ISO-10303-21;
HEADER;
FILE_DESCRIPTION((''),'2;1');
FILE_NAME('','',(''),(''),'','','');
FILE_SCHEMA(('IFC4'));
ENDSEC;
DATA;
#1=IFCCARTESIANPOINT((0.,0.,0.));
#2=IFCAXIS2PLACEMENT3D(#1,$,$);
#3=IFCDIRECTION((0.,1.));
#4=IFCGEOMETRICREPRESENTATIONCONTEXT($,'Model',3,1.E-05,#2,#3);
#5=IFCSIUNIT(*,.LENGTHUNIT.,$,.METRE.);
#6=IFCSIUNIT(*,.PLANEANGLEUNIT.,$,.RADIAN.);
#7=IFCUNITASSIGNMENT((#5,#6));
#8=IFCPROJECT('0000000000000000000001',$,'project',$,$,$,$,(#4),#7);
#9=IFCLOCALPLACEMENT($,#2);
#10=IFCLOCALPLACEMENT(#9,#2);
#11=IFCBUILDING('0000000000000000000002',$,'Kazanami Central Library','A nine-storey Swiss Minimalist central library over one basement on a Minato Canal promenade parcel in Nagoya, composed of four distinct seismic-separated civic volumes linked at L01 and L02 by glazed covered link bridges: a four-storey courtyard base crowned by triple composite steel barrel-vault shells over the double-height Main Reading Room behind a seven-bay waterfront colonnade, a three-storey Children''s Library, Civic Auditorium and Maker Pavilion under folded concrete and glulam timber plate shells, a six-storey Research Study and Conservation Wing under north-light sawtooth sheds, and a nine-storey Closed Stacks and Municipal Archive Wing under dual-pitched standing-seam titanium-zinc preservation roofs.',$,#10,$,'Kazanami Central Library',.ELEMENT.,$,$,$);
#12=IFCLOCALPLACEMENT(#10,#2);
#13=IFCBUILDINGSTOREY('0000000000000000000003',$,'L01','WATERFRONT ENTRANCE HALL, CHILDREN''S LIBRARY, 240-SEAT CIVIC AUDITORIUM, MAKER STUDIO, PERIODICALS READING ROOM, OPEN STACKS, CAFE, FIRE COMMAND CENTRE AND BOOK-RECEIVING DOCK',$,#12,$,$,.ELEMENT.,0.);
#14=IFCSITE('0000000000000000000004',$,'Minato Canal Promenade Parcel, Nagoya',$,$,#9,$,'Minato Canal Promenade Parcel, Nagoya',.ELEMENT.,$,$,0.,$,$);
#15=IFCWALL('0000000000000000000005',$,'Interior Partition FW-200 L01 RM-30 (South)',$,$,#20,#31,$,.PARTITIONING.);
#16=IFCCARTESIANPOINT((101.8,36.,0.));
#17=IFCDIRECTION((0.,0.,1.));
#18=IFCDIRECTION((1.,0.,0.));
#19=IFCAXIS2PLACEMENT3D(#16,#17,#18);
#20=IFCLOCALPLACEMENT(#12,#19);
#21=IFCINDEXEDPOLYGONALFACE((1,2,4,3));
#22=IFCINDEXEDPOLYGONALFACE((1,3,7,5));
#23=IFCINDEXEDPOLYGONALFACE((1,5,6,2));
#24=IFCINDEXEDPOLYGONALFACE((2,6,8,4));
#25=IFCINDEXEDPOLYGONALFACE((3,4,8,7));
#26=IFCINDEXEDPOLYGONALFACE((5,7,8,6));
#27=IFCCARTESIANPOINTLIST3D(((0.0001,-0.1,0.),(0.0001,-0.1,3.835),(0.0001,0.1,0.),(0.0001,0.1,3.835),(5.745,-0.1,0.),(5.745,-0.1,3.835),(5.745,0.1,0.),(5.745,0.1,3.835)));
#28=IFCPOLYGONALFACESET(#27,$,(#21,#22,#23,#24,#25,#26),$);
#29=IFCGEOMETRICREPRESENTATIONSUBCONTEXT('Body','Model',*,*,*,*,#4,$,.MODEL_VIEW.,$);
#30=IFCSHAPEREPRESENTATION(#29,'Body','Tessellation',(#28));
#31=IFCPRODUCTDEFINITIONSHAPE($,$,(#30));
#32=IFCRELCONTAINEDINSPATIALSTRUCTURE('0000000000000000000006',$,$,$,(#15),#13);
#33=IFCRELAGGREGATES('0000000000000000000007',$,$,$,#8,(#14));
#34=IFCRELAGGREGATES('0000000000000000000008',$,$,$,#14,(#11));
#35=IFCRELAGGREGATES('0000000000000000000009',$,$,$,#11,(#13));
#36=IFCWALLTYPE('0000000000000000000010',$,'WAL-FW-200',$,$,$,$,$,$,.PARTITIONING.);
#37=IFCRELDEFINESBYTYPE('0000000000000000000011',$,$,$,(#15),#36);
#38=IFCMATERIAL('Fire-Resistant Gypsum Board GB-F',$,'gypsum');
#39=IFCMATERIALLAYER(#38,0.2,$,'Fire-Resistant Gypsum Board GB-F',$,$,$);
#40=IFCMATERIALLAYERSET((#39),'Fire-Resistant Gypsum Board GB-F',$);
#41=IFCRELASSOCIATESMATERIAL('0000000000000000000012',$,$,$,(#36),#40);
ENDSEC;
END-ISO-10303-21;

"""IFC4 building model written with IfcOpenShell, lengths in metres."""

from ifc_helpers import new_model, si_unit, direction, frame, frame_2d, origin, place, context, subcontext, project, spatial, rectangle, extrude, material, layer, layer_set, type_object, element, save


model = new_model("IFC4")

# Units and contexts
model_context = context("Model", 3, precision=1e-05, world=origin(), true_north=direction((0.0, 1.0)))
body_context = subcontext(model_context, "Body", "Model", "MODEL_VIEW")
ifc_project = project(units=[si_unit("LENGTHUNIT", "METRE"), si_unit("PLANEANGLEUNIT", "RADIAN")], contexts=[model_context])

# Site, building, storey
site_placement = place(None, origin())
site = spatial("IfcSite", under=ifc_project, at=site_placement, Name="Minato Canal Promenade Parcel, Nagoya", LongName="Minato Canal Promenade Parcel, Nagoya", CompositionType="ELEMENT", RefElevation=0.0)
building_placement = place(site_placement, origin())
building = spatial("IfcBuilding", under=site, at=building_placement, Name="Kazanami Central Library", Description="A nine-storey Swiss Minimalist central library over one basement on a Minato Canal promenade parcel in Nagoya, composed of four distinct seismic-separated civic volumes linked at L01 and L02 by glazed covered link bridges: a four-storey courtyard base crowned by triple composite steel barrel-vault shells over the double-height Main Reading Room behind a seven-bay waterfront colonnade, a three-storey Children's Library, Civic Auditorium and Maker Pavilion under folded concrete and glulam timber plate shells, a six-storey Research Study and Conservation Wing under north-light sawtooth sheds, and a nine-storey Closed Stacks and Municipal Archive Wing under dual-pitched standing-seam titanium-zinc preservation roofs.", LongName="Kazanami Central Library", CompositionType="ELEMENT")
storey_placement = place(building_placement, origin())
storey = spatial("IfcBuildingStorey", under=building, at=storey_placement, Name="L01", Description="WATERFRONT ENTRANCE HALL, CHILDREN'S LIBRARY, 240-SEAT CIVIC AUDITORIUM, MAKER STUDIO, PERIODICALS READING ROOM, OPEN STACKS, CAFE, FIRE COMMAND CENTRE AND BOOK-RECEIVING DOCK", CompositionType="ELEMENT", Elevation=0.0)

# Wall
ifc_material_1 = material(Name="Fire-Resistant Gypsum Board GB-F", Category="gypsum")
ifc_layer_1 = layer(ifc_material_1, 0.2, Name="Fire-Resistant Gypsum Board GB-F")
ifc_layer_set_1 = layer_set([ifc_layer_1], Name="Fire-Resistant Gypsum Board GB-F")
wall_type = type_object("IfcWallType", Name="WAL-FW-200", PredefinedType="PARTITIONING", material=ifc_layer_set_1)
wall_1_placement = place(storey_placement, frame((101.8, 36.0, 0.0), z_axis=(0.0, 0.0, 1.0), x_axis=(1.0, 0.0, 0.0)))
element("IfcWall", 1, at=wall_1_placement, inside=storey, type_object=wall_type, Name="Interior Partition FW-200 L01 RM-30 (South)", PredefinedType="PARTITIONING", context=body_context, shape_type="SweptSolid", body=[
    extrude(rectangle(XDim=5.7449, YDim=0.2, at=frame_2d((2.8726, 0.0))), origin(), (0.0, 0.0, 1.0), 3.835),
])

save(model, "model.ifc")
